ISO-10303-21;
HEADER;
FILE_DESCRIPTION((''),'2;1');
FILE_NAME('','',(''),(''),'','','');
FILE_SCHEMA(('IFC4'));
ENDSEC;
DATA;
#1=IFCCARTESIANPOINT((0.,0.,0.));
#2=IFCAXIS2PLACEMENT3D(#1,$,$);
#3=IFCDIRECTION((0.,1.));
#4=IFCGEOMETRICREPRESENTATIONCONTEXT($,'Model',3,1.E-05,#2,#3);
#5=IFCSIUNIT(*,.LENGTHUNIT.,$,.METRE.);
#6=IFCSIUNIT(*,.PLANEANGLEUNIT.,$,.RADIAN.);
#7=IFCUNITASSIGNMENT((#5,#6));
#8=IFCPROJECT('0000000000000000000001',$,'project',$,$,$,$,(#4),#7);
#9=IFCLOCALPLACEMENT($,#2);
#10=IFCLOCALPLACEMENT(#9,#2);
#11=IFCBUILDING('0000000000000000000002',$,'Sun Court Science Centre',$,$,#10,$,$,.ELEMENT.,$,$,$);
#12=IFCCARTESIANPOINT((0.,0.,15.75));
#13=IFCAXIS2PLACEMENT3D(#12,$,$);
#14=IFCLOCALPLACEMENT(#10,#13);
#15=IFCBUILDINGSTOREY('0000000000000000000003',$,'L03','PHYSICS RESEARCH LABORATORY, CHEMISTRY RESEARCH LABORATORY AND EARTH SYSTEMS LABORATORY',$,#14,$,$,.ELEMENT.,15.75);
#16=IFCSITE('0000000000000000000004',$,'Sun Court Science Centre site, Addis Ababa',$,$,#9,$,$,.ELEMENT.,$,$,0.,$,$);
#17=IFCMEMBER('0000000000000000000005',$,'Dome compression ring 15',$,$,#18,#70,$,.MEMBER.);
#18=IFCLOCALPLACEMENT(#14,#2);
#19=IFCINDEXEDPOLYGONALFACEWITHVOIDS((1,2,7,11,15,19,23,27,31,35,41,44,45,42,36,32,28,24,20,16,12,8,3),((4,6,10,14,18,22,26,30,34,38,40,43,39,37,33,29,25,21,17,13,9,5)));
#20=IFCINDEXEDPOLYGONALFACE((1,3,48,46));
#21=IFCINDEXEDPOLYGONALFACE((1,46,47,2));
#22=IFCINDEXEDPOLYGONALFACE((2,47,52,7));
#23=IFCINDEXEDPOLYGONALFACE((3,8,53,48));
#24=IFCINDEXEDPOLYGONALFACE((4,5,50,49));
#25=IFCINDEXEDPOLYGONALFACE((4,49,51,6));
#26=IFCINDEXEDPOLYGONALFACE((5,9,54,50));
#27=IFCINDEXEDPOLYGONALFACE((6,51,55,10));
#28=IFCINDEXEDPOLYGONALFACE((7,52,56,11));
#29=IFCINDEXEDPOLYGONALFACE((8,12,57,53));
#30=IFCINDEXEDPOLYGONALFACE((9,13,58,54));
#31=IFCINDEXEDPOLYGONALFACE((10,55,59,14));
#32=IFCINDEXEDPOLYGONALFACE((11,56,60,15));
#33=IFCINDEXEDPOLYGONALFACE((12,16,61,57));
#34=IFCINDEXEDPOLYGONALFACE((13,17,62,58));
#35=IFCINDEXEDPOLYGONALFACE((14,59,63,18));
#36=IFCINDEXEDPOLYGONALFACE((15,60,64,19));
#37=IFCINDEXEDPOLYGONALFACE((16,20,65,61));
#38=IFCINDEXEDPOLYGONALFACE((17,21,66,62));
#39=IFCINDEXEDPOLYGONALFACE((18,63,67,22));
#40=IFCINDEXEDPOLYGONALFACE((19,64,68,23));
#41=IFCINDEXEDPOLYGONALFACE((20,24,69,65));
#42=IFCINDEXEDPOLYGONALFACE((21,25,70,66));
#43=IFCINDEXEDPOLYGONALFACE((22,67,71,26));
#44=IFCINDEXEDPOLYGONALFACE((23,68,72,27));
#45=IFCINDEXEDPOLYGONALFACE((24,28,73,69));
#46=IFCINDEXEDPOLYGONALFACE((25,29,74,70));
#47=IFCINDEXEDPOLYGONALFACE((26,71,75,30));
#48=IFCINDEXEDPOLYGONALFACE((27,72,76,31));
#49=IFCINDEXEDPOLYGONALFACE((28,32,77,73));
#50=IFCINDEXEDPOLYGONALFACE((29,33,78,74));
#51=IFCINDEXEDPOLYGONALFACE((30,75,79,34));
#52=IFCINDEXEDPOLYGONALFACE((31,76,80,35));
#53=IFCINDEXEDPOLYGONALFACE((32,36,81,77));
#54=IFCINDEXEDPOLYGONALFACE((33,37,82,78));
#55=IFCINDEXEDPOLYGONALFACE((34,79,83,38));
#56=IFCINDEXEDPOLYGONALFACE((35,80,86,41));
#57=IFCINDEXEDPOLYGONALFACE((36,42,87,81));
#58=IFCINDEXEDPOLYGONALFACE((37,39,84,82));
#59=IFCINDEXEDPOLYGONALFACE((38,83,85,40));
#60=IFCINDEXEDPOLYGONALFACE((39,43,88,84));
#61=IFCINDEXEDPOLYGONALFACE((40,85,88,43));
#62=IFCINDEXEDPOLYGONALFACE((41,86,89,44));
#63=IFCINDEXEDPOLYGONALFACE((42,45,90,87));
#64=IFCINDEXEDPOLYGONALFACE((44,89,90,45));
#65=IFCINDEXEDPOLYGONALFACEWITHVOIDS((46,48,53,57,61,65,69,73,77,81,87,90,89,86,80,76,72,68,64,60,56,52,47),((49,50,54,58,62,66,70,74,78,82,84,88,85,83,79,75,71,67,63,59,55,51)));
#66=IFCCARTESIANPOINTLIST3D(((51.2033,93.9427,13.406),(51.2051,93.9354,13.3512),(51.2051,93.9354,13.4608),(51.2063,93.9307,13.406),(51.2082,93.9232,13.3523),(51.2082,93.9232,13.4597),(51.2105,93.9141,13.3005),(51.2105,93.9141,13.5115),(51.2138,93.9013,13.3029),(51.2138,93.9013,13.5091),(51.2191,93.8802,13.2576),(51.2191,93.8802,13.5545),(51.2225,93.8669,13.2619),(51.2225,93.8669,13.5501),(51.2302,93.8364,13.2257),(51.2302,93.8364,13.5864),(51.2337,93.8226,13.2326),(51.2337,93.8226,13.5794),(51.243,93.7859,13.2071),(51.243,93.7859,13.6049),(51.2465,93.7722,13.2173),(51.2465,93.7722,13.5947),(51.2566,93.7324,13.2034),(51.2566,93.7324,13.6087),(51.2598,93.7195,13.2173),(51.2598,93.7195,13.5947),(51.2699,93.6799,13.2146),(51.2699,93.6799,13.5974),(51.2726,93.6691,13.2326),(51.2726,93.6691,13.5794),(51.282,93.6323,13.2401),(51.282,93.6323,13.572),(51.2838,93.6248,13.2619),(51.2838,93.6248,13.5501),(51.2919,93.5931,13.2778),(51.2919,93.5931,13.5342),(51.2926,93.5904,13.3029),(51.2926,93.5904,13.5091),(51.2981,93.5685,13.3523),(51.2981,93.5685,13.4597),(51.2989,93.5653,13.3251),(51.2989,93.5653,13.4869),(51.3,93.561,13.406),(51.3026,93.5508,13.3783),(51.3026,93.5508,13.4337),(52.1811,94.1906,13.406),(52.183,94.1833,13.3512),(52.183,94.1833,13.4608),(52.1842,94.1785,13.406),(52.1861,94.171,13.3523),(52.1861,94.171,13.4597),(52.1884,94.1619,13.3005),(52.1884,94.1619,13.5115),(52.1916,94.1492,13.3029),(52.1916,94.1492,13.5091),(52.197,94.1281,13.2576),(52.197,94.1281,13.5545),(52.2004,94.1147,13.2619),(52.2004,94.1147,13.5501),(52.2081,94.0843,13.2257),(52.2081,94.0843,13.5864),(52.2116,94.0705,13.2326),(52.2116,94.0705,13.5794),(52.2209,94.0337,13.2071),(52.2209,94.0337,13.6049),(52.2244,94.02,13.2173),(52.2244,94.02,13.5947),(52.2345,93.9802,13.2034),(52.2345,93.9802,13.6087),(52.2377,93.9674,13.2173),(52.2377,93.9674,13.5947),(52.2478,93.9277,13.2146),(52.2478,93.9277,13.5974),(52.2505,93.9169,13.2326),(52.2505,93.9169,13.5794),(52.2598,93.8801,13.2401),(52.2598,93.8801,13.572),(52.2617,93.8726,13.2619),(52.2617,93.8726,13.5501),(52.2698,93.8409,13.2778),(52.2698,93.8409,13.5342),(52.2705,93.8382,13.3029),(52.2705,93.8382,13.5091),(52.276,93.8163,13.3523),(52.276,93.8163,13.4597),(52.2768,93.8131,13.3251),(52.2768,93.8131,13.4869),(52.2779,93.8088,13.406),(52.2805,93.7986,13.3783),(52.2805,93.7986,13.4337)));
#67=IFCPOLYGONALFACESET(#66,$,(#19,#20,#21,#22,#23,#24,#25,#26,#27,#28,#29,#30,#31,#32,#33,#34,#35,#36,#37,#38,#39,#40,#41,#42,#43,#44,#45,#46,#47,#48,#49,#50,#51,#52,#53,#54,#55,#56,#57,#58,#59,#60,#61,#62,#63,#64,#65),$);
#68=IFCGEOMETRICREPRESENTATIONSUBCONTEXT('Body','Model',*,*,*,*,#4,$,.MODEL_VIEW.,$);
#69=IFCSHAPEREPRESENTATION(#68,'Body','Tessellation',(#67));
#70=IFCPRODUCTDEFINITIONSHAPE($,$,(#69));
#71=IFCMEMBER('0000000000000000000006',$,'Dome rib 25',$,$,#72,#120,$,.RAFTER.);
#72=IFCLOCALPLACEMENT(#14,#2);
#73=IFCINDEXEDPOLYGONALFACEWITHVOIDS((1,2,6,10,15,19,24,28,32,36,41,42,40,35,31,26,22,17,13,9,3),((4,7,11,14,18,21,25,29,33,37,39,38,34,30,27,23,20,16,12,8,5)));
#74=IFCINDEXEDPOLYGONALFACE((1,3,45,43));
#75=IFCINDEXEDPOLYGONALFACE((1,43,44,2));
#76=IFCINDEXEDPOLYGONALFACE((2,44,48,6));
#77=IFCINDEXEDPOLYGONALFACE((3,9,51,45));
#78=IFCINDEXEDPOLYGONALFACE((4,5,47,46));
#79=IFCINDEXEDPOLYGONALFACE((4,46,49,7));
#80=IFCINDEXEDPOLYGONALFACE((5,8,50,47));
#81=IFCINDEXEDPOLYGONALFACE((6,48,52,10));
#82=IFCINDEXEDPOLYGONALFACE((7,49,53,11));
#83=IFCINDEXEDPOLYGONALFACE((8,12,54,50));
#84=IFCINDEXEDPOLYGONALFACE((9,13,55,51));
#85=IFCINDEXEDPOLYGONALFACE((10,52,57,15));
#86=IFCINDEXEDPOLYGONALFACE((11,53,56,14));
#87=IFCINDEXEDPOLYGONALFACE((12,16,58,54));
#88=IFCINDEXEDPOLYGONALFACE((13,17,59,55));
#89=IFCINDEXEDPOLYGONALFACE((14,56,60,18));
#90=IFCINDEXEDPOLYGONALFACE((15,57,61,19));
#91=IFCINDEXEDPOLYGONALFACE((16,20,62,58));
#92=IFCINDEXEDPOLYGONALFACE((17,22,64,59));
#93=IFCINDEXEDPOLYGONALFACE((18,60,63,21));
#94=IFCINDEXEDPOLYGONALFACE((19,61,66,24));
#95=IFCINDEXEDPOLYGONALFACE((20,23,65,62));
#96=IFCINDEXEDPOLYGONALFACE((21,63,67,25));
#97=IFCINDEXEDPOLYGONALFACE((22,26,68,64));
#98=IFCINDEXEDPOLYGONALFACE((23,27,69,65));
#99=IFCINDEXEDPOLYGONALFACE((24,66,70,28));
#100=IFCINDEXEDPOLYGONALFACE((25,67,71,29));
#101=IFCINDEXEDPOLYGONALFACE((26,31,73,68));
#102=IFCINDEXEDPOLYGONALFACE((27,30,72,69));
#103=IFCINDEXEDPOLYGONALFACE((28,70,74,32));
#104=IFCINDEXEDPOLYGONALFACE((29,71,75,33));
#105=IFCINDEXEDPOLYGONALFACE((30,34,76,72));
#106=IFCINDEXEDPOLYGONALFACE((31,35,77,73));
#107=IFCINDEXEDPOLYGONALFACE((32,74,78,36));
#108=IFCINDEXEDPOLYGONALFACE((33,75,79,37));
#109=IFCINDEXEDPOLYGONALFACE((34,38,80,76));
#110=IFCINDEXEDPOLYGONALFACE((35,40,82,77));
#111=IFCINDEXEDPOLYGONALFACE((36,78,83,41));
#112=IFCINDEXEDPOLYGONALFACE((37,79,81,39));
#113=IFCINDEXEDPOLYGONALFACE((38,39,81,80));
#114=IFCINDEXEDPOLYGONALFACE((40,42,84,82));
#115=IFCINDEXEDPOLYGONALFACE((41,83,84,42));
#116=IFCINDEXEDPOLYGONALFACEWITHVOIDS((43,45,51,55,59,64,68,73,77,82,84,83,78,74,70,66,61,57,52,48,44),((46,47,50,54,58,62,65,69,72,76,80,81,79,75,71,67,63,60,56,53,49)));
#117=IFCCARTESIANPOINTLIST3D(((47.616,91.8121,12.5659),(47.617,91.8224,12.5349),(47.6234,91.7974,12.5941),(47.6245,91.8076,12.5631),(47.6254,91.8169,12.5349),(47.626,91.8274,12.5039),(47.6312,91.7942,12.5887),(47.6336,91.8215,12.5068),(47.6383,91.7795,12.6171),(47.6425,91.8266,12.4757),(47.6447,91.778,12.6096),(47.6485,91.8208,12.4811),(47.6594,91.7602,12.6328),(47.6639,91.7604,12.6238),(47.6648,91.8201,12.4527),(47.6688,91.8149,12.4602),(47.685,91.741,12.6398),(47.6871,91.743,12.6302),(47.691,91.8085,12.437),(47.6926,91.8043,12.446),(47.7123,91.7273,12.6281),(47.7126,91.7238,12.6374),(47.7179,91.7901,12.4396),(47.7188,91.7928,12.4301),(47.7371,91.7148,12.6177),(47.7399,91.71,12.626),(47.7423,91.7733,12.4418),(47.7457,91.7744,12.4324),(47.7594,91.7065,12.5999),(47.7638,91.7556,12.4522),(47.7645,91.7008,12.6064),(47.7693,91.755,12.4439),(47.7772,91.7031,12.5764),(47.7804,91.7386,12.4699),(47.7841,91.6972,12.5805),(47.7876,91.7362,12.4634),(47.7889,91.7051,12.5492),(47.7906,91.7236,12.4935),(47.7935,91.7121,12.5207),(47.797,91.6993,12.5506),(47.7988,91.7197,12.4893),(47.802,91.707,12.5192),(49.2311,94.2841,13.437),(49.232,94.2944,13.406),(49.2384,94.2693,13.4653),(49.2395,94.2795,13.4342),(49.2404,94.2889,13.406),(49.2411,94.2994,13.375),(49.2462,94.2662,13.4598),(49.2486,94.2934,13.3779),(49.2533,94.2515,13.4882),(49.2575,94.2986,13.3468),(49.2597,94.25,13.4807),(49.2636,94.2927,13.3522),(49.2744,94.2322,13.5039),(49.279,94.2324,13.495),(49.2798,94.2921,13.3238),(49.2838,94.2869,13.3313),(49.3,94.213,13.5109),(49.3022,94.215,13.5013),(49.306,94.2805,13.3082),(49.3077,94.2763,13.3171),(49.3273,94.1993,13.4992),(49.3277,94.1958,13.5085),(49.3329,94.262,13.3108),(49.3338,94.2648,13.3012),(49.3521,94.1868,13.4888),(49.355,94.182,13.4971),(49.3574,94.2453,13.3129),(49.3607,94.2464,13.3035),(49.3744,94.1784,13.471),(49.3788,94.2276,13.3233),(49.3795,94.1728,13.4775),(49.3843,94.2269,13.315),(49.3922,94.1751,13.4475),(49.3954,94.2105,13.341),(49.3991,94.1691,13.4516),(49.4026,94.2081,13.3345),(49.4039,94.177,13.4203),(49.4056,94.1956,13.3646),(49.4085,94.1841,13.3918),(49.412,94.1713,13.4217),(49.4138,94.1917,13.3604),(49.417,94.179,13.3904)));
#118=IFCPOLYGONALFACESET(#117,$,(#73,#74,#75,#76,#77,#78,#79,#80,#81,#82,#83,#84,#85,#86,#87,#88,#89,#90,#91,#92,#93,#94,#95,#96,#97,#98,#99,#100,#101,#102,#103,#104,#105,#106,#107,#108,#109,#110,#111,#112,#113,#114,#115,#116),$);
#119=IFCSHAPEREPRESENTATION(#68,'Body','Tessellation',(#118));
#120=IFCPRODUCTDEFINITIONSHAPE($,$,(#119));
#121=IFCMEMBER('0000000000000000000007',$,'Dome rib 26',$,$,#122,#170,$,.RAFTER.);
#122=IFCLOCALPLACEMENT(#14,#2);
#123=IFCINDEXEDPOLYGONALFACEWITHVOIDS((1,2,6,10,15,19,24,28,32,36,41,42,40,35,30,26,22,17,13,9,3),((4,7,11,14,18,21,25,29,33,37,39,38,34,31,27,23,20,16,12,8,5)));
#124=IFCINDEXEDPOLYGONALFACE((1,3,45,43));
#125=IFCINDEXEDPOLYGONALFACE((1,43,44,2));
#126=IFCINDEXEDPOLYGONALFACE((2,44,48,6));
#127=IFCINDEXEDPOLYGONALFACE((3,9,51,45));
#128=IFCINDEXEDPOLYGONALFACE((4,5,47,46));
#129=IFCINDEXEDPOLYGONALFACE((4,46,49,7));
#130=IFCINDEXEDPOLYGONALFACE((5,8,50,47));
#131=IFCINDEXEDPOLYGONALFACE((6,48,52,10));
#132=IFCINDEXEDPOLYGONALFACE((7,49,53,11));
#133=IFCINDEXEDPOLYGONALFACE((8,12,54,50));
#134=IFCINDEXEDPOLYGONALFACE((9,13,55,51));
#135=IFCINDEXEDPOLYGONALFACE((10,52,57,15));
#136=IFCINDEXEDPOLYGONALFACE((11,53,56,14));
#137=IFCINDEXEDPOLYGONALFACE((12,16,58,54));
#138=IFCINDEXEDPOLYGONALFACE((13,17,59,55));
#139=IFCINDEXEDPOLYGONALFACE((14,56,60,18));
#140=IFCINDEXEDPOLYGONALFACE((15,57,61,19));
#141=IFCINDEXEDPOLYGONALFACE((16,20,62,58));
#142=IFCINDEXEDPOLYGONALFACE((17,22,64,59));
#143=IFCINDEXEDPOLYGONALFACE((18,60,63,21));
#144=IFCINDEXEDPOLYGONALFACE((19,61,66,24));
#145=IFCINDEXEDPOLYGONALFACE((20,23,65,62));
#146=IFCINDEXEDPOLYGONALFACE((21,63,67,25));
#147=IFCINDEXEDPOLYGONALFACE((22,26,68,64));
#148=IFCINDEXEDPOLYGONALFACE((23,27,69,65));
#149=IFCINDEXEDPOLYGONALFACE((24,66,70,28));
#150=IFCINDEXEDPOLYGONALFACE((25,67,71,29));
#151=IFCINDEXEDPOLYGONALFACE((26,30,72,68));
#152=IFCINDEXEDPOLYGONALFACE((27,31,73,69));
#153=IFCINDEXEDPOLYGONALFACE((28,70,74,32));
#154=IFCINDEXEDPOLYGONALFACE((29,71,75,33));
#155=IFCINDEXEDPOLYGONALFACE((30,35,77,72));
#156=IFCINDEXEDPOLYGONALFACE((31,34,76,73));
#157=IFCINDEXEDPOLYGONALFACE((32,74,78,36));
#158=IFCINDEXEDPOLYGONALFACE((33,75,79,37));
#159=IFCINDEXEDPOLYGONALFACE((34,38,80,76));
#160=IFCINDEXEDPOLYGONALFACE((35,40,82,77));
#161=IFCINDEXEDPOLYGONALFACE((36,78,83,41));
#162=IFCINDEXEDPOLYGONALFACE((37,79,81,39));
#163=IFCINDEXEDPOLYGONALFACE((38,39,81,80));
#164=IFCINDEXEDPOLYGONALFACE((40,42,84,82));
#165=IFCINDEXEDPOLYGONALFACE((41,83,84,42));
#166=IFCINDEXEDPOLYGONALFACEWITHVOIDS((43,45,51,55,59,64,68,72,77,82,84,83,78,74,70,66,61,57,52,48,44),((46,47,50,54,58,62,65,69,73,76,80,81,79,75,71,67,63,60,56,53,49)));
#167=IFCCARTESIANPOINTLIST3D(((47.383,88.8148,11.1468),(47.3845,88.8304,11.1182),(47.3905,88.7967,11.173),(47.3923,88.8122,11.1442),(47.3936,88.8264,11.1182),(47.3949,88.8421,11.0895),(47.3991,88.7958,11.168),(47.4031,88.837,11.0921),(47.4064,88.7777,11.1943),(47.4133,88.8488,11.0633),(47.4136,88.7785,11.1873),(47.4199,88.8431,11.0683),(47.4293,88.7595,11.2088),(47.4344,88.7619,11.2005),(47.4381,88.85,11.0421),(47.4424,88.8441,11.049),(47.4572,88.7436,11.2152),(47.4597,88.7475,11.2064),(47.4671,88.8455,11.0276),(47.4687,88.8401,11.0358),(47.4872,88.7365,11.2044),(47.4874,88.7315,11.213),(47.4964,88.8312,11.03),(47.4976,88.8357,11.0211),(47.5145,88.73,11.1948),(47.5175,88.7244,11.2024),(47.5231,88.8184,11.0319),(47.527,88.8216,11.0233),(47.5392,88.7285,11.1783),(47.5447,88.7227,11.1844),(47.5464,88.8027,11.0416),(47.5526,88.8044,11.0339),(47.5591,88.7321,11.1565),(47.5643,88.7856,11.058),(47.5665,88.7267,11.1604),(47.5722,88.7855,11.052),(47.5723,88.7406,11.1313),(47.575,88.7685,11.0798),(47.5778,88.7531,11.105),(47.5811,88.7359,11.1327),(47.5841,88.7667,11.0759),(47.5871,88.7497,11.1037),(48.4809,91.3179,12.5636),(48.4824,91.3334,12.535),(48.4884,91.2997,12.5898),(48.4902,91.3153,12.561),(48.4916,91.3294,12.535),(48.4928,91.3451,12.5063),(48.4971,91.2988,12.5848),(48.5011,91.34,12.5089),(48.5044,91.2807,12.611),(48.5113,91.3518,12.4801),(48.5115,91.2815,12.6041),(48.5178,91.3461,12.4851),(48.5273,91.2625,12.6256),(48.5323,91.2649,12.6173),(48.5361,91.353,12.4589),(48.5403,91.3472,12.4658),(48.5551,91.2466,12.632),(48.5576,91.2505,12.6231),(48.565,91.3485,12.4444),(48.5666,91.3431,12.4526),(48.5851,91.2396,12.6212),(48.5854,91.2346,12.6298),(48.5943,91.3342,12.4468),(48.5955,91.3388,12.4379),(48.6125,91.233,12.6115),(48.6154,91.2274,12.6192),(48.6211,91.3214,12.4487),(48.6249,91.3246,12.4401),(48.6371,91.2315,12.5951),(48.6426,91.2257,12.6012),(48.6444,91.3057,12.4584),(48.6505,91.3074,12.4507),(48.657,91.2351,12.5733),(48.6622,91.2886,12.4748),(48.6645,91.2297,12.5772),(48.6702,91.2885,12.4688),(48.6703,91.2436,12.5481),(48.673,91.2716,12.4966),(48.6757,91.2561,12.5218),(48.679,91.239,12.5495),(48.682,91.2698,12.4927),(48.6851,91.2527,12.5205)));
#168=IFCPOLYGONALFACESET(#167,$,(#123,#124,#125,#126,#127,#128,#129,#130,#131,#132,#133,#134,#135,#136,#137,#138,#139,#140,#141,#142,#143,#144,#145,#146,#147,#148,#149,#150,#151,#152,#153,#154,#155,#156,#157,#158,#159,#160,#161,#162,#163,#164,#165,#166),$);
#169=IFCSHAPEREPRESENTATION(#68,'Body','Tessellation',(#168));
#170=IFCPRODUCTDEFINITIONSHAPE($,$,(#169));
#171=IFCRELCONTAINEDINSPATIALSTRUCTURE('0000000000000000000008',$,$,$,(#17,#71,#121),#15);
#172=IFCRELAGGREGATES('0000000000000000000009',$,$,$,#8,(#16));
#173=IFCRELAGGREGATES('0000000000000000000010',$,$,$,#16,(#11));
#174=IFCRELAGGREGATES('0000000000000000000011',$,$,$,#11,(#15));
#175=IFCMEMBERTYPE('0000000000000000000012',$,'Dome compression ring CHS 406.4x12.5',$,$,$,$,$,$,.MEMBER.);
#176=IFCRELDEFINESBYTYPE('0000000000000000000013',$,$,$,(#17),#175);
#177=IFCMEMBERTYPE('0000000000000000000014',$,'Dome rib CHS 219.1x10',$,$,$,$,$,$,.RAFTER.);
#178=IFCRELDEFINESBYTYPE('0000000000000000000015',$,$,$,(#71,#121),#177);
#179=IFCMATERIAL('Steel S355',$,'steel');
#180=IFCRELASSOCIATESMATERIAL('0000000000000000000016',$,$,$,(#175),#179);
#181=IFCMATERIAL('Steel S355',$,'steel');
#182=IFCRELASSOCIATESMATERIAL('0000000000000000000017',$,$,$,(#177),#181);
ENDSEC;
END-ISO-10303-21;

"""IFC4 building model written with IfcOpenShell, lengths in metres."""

from ifc_helpers import new_model, si_unit, direction, frame, origin, origin_2d, place, context, subcontext, project, spatial, hollow_circle, extrude, material, material_profile, profile_set, type_object, element, save


model = new_model("IFC4")

# Units and contexts
model_context = context("Model", 3, precision=1e-05, world=origin(), true_north=direction((0.0, 1.0)))
body_context = subcontext(model_context, "Body", "Model", "MODEL_VIEW")
ifc_project = project(units=[si_unit("LENGTHUNIT", "METRE"), si_unit("PLANEANGLEUNIT", "RADIAN")], contexts=[model_context])

# Site, building, storey
site_placement = place(None, origin())
site = spatial("IfcSite", under=ifc_project, at=site_placement, Name="Sun Court Science Centre site, Addis Ababa", CompositionType="ELEMENT", RefElevation=0.0)
building_placement = place(site_placement, origin())
building = spatial("IfcBuilding", under=site, at=building_placement, Name="Sun Court Science Centre", CompositionType="ELEMENT")
storey_placement = place(building_placement, frame((0.0, 0.0, 15.75)))
storey = spatial("IfcBuildingStorey", under=building, at=storey_placement, Name="L03", Description="PHYSICS RESEARCH LABORATORY, CHEMISTRY RESEARCH LABORATORY AND EARTH SYSTEMS LABORATORY", CompositionType="ELEMENT", Elevation=15.75)

# Members
ifc_material_1 = material(Name="Steel S355", Category="steel")
ifc_material_profile_1 = material_profile(ifc_material_1, hollow_circle(Radius=0.2031, WallThickness=0.0125, at=origin_2d()), Name="CHS 406.4x12.5")
ifc_profile_set_1 = profile_set([ifc_material_profile_1], Name="Steel S355")
member_type_1 = type_object("IfcMemberType", Name="Dome compression ring CHS 406.4x12.5", PredefinedType="MEMBER", material=ifc_profile_set_1)
for number, where, z_axis, x_axis, name in (
    (1, (51.2532, 93.7458, 13.406), (0.969354, 0.245667, 0.0), (-0.245667, 0.969354, 0.0), "Dome compression ring 15"),
):
    element("IfcMember", number, at=place(storey_placement, frame(where, z_axis=z_axis, x_axis=x_axis)), inside=storey, type_object=member_type_1, Name=name, PredefinedType="MEMBER", context=body_context, shape_type="SweptSolid", body=[
        extrude(hollow_circle(Radius=0.2031, WallThickness=0.0125, at=origin_2d()), origin(), (0.0, 0.0, 1.0), 1.0088),
    ])
ifc_material_2 = material(Name="Steel S355", Category="steel")
ifc_material_profile_2 = material_profile(ifc_material_2, hollow_circle(Radius=0.1096, WallThickness=0.01, at=origin_2d()), Name="CHS 219.1x10")
ifc_profile_set_2 = profile_set([ifc_material_profile_2], Name="Steel S355")
member_type_2 = type_object("IfcMemberType", Name="Dome rib CHS 219.1x10", PredefinedType="RAFTER", material=ifc_profile_set_2)
for number, where, z_axis, x_axis, name in (
    (2, (47.7087, 91.7625, 12.5349), (0.524596, 0.802953, 0.282957), (-0.837166, 0.546949, 0.0), "Dome rib 25"),
    (3, (47.4849, 88.7864, 11.1182), (0.356634, 0.813033, 0.460206), (-0.915771, 0.4017, 0.0), "Dome rib 26"),
):
    element("IfcMember", number, at=place(storey_placement, frame(where, z_axis=z_axis, x_axis=x_axis)), inside=storey, type_object=member_type_2, Name=name, PredefinedType="RAFTER", context=body_context, shape_type="SweptSolid", body=[
        extrude(hollow_circle(Radius=0.1096, WallThickness=0.01, at=origin_2d()), origin(), (0.0, 0.0, 1.0), 3.0786),
    ])

save(model, "model.ifc")
